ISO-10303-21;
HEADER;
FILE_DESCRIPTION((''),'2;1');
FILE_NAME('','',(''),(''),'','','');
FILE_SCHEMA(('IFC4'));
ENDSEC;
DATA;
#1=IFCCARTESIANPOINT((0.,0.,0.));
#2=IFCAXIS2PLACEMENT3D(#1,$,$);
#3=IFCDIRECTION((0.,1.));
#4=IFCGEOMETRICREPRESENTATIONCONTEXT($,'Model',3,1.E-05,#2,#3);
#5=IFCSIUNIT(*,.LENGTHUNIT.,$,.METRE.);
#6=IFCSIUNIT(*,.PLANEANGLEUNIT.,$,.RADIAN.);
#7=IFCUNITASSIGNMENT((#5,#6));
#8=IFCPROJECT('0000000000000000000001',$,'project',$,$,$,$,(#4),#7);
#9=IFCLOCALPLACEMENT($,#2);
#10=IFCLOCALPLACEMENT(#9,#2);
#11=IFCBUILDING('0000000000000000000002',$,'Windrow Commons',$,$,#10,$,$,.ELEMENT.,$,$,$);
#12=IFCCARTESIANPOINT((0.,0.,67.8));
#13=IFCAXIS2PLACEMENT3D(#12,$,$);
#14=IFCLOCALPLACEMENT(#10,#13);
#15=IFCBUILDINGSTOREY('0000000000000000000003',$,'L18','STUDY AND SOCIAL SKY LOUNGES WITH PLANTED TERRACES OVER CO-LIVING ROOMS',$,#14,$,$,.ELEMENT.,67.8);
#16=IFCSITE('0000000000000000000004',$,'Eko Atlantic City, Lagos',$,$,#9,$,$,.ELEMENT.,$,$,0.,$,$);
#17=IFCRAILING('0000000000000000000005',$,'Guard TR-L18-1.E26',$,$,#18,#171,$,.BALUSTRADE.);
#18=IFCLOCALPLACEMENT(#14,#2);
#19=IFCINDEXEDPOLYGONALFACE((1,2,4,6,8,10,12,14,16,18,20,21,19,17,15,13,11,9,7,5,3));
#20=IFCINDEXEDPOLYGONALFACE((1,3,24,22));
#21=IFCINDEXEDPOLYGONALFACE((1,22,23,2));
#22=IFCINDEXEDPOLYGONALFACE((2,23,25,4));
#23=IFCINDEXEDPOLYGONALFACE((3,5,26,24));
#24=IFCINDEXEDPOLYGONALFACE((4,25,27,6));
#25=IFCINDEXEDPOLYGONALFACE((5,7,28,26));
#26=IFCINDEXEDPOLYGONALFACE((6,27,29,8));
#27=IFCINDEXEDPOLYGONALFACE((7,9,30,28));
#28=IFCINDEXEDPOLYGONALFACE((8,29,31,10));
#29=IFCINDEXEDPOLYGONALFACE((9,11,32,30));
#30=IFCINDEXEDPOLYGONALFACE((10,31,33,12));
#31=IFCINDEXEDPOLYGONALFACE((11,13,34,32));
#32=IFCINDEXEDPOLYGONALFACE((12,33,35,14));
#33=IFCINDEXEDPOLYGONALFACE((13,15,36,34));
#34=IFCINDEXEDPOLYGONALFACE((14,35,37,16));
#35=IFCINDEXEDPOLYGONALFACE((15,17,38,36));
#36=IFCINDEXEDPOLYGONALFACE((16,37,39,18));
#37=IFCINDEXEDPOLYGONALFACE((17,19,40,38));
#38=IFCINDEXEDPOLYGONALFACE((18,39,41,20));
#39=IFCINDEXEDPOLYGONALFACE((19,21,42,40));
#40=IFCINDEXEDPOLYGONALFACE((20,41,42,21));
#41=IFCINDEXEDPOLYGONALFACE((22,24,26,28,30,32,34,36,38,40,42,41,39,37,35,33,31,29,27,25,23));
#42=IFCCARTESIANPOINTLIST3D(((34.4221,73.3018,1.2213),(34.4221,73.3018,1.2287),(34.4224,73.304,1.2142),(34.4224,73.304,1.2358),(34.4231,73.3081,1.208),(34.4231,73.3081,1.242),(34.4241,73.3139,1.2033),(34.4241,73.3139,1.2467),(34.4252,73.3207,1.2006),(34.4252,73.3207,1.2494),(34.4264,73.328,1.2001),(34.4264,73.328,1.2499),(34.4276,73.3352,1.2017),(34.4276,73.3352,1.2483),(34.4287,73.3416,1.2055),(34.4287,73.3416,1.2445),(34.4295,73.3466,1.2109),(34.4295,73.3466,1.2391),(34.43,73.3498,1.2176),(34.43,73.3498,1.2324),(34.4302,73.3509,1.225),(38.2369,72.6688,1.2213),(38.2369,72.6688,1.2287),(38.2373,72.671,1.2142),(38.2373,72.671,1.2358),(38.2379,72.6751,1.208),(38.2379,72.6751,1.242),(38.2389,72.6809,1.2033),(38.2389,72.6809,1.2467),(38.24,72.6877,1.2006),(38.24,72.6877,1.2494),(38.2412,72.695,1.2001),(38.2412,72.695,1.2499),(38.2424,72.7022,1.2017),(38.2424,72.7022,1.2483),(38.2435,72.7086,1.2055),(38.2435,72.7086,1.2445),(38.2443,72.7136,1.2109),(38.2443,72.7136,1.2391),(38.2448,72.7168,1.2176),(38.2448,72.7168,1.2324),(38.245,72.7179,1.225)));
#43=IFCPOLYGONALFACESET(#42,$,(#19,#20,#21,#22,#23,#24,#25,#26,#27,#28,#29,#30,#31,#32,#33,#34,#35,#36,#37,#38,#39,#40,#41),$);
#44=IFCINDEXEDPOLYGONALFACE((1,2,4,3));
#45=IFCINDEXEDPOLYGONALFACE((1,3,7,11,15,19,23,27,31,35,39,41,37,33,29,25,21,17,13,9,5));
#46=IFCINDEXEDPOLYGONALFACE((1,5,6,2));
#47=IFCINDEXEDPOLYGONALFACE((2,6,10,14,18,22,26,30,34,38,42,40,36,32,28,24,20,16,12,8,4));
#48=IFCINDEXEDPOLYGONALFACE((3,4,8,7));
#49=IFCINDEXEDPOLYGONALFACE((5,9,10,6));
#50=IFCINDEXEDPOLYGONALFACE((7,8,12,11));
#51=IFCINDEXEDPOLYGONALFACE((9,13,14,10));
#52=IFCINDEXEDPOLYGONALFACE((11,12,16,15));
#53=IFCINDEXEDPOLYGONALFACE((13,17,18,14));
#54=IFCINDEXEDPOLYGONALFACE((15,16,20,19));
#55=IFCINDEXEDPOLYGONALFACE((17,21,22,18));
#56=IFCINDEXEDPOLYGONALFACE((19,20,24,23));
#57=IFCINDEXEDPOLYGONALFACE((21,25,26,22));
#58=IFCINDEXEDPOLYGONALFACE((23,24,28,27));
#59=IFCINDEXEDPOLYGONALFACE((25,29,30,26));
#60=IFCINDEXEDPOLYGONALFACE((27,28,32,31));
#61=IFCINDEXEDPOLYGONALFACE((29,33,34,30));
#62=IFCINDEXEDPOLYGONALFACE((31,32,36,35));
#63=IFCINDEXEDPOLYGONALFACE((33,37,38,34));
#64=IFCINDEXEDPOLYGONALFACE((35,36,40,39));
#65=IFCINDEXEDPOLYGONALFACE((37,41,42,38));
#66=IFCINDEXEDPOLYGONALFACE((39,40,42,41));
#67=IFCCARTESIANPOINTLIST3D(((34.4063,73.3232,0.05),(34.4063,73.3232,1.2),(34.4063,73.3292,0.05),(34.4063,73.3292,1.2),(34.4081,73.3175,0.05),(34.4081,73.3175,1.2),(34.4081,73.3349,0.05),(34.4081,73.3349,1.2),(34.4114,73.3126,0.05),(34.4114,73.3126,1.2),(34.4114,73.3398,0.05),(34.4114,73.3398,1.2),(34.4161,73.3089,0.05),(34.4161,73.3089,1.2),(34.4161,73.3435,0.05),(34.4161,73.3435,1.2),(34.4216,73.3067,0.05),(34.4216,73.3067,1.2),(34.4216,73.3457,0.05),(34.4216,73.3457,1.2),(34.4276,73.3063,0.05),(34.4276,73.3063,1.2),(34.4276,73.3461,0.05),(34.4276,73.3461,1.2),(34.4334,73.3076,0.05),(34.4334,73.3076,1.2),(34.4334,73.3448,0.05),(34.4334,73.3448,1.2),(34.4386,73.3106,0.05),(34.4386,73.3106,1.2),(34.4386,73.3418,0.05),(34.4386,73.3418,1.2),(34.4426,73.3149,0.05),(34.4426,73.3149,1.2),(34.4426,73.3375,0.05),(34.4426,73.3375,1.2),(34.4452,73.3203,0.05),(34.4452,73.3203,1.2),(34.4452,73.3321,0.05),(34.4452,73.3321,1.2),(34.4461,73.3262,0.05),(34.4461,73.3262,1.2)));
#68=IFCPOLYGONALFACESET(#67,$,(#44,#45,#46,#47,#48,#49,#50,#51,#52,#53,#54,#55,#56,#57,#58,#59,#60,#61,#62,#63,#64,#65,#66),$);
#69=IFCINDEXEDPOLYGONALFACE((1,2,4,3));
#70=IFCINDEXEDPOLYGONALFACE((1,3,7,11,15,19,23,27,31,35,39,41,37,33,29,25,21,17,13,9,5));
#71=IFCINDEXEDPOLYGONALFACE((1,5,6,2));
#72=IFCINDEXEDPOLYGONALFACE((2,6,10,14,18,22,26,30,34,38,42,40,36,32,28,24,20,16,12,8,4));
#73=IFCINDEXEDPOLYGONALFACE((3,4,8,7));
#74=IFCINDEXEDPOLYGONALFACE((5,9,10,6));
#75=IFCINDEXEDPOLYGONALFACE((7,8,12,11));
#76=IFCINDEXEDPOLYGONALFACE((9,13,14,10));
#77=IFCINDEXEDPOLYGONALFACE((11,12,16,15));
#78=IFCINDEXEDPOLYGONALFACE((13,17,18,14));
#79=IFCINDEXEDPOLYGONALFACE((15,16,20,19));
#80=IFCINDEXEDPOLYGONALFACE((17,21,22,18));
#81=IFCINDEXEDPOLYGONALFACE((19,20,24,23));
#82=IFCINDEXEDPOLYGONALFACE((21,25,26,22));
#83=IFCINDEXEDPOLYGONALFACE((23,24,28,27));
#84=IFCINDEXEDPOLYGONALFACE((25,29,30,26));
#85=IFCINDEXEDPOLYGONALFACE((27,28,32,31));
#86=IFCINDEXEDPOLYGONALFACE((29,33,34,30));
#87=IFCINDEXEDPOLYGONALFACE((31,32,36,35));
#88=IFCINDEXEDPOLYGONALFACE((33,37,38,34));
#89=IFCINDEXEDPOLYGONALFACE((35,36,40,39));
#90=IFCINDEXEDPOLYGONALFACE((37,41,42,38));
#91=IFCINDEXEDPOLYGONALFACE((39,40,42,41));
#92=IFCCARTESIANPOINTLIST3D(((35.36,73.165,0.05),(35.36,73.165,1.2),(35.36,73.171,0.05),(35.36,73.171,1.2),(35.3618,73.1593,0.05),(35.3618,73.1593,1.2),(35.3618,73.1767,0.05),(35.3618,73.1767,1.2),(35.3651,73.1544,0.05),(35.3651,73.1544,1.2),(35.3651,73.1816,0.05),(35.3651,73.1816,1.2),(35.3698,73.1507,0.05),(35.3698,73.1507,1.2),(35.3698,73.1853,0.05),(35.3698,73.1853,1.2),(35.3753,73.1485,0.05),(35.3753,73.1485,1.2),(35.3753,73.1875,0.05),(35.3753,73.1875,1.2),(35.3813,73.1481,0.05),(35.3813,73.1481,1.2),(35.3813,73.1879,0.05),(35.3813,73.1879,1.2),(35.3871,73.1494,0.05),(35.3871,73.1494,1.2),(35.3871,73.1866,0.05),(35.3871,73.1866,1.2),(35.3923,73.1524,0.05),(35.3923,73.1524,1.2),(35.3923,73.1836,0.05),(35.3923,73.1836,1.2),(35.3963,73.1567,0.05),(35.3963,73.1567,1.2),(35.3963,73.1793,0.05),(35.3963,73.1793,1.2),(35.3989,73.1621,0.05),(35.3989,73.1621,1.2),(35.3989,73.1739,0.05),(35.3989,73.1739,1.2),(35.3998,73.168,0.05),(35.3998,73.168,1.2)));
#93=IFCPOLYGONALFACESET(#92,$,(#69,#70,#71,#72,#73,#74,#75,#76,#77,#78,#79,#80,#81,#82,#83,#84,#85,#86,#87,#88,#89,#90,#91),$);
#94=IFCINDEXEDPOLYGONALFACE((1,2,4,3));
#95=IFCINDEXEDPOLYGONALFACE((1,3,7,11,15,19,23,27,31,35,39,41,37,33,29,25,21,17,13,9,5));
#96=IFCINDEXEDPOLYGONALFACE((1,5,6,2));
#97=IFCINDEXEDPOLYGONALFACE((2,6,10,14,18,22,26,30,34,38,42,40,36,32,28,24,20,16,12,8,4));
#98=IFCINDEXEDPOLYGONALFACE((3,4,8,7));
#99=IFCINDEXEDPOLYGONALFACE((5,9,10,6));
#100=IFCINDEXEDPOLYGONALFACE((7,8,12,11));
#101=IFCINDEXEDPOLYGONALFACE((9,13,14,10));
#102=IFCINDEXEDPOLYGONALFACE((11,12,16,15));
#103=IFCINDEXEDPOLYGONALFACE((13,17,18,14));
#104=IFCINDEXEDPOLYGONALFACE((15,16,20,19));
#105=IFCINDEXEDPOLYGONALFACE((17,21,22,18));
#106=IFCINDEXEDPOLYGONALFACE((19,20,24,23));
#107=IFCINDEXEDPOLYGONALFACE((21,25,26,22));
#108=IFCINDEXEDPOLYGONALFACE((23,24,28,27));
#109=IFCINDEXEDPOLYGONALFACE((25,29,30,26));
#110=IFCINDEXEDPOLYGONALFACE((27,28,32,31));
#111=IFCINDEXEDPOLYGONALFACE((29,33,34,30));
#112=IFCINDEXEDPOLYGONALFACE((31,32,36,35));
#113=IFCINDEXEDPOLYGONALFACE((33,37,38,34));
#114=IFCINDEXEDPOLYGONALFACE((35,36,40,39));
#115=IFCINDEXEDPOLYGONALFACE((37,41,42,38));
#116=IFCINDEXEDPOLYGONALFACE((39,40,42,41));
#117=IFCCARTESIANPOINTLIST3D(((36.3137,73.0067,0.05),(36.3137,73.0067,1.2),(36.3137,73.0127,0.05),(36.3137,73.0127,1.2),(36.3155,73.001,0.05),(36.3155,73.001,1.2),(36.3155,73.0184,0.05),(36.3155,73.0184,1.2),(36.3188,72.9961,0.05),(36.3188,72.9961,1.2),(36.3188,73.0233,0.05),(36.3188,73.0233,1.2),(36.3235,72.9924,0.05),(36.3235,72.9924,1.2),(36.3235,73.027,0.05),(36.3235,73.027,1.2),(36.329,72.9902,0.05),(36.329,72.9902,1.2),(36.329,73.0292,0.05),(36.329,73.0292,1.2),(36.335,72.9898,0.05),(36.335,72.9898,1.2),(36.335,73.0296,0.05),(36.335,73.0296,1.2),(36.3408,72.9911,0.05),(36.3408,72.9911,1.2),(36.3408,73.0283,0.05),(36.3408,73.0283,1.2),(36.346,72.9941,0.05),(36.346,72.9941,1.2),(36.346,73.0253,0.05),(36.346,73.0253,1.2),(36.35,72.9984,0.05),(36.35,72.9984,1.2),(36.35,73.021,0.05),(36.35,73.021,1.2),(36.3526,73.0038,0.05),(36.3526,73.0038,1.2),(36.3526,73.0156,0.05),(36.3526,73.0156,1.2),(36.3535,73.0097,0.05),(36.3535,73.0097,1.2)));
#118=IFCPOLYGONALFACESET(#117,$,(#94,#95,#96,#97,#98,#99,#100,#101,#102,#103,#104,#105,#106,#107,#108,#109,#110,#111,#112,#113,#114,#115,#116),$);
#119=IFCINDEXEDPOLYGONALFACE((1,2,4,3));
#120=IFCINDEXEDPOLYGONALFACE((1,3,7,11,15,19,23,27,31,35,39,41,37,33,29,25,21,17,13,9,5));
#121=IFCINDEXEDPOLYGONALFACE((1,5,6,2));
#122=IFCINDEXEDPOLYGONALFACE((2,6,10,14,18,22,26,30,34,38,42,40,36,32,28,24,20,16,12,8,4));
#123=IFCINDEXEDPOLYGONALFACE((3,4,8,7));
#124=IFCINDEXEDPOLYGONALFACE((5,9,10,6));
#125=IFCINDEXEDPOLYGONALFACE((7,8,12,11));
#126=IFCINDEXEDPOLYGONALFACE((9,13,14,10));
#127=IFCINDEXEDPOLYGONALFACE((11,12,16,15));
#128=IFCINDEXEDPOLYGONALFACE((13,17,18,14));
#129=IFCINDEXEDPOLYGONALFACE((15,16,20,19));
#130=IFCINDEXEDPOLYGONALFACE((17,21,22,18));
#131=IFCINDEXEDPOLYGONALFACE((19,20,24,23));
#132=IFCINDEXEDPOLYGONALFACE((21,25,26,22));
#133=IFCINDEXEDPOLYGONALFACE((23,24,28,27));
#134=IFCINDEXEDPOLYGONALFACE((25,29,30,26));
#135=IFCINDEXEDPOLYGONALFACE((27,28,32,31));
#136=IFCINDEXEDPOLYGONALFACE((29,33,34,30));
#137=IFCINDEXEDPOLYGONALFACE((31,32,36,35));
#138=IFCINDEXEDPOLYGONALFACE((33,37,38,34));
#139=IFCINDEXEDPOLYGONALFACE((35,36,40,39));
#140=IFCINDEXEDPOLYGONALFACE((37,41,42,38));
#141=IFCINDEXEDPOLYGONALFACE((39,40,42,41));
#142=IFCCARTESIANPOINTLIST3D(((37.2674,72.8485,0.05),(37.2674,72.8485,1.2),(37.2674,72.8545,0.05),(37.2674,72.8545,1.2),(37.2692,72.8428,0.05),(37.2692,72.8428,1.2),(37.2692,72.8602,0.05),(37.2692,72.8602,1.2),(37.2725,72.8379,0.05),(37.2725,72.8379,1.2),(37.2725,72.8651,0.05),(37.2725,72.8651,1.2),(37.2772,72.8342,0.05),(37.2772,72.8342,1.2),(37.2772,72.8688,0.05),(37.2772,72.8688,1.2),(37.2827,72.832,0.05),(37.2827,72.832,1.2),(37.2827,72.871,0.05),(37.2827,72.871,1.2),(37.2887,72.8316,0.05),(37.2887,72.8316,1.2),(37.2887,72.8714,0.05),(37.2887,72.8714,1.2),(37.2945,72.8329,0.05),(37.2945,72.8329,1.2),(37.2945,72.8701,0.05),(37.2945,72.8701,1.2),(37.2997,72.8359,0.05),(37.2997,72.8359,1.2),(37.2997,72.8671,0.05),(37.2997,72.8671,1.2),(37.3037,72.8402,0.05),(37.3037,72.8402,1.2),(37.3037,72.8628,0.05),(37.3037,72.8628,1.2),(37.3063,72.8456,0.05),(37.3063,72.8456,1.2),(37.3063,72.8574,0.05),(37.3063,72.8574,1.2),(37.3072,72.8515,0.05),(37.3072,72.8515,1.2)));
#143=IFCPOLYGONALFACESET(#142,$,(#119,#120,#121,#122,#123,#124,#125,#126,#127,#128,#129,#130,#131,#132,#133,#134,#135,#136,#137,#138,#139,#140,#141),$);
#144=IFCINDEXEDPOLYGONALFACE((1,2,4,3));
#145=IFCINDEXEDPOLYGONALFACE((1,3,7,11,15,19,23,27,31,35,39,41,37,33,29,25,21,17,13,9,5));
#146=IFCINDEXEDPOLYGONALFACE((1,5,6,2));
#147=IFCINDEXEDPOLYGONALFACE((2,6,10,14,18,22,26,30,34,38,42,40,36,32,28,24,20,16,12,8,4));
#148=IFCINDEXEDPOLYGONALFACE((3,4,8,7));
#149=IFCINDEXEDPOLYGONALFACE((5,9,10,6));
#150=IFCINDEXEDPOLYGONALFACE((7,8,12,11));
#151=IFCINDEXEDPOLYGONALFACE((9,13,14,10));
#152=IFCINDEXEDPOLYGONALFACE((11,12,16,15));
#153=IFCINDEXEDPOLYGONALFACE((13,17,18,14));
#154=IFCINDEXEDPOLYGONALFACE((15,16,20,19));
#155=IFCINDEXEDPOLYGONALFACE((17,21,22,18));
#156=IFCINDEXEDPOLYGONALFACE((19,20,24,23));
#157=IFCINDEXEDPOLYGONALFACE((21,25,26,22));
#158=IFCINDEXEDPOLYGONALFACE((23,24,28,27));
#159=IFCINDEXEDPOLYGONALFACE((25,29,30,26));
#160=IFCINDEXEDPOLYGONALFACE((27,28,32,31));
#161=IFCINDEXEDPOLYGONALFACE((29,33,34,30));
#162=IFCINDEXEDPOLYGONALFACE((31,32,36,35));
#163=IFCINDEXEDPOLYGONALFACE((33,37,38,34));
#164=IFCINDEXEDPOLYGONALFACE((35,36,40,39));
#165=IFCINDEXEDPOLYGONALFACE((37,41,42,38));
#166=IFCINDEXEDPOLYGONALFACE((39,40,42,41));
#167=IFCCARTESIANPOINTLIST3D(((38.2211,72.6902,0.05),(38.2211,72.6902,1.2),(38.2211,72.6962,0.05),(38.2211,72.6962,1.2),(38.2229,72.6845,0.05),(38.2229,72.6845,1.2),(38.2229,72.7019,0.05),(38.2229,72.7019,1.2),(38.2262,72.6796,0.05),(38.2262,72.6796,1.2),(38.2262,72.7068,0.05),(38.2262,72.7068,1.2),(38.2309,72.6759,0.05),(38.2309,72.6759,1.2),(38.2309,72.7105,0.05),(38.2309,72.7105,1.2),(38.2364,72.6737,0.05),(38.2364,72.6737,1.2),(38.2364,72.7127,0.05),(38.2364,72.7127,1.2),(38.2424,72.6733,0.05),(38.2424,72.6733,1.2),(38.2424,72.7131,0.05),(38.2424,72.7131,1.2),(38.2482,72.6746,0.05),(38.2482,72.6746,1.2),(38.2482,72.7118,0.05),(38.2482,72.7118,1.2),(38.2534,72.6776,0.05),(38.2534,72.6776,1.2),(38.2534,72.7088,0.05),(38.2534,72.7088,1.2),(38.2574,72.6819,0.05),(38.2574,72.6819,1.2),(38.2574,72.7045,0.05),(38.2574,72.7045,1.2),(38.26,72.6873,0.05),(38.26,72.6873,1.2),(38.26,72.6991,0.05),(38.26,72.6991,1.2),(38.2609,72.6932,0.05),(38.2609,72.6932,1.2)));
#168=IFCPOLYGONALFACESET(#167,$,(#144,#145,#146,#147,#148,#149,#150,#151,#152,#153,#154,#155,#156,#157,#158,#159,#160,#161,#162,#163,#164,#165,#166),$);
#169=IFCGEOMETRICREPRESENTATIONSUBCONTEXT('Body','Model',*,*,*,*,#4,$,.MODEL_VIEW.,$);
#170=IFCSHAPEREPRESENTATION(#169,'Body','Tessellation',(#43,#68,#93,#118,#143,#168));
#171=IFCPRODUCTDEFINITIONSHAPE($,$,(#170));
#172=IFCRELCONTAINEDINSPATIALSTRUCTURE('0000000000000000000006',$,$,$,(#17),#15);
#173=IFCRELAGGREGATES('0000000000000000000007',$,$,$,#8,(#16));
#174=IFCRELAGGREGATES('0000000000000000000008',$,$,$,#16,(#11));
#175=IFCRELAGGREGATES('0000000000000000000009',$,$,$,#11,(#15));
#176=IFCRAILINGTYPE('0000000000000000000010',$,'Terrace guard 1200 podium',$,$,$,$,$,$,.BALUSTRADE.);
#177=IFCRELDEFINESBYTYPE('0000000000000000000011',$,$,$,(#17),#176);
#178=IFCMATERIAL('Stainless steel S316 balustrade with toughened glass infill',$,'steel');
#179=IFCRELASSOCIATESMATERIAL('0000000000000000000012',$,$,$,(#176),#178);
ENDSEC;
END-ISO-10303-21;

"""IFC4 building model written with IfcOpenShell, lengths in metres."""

from ifc_helpers import new_model, si_unit, direction, frame, origin, origin_2d, place, context, subcontext, project, spatial, circle, extrude, material, type_object, element, save


model = new_model("IFC4")

# Units and contexts
model_context = context("Model", 3, precision=1e-05, world=origin(), true_north=direction((0.0, 1.0)))
body_context = subcontext(model_context, "Body", "Model", "MODEL_VIEW")
ifc_project = project(units=[si_unit("LENGTHUNIT", "METRE"), si_unit("PLANEANGLEUNIT", "RADIAN")], contexts=[model_context])

# Site, building, storey
site_placement = place(None, origin())
site = spatial("IfcSite", under=ifc_project, at=site_placement, Name="Eko Atlantic City, Lagos", CompositionType="ELEMENT", RefElevation=0.0)
building_placement = place(site_placement, origin())
building = spatial("IfcBuilding", under=site, at=building_placement, Name="Windrow Commons", CompositionType="ELEMENT")
storey_placement = place(building_placement, frame((0.0, 0.0, 67.8)))
storey = spatial("IfcBuildingStorey", under=building, at=storey_placement, Name="L18", Description="STUDY AND SOCIAL SKY LOUNGES WITH PLANTED TERRACES OVER CO-LIVING ROOMS", CompositionType="ELEMENT", Elevation=67.8)

# Railing
ifc_material_1 = material(Name="Stainless steel S316 balustrade with toughened glass infill", Category="steel")
railing_type = type_object("IfcRailingType", Name="Terrace guard 1200 podium", PredefinedType="BALUSTRADE", material=ifc_material_1)
railing_1_placement = place(storey_placement, frame((34.4261, 73.3262, 0.05)))
element("IfcRailing", 1, at=railing_1_placement, inside=storey, type_object=railing_type, Name="Guard TR-L18-1.E26", PredefinedType="BALUSTRADE", context=body_context, shape_type="SweptSolid", body=[
    extrude(circle(Radius=0.025, at=origin_2d()), frame((0.0, 0.0, 1.175), z_axis=(0.986511, -0.163694, 0.0), x_axis=(0.163694, 0.986511, 0.0)), (0.0, 0.0, 1.0), 3.867),
    extrude(circle(Radius=0.02, at=origin_2d()), origin(), (0.0, 0.0, 1.0), 1.15),
    extrude(circle(Radius=0.02, at=origin_2d()), frame((0.9537, -0.1582, 0.0)), (0.0, 0.0, 1.0), 1.15),
    extrude(circle(Radius=0.02, at=origin_2d()), frame((1.9074, -0.3165, 0.0)), (0.0, 0.0, 1.0), 1.15),
    extrude(circle(Radius=0.02, at=origin_2d()), frame((2.8611, -0.4747, 0.0)), (0.0, 0.0, 1.0), 1.15),
    extrude(circle(Radius=0.02, at=origin_2d()), frame((3.8148, -0.633, 0.0)), (0.0, 0.0, 1.0), 1.15),
])

save(model, "model.ifc")
